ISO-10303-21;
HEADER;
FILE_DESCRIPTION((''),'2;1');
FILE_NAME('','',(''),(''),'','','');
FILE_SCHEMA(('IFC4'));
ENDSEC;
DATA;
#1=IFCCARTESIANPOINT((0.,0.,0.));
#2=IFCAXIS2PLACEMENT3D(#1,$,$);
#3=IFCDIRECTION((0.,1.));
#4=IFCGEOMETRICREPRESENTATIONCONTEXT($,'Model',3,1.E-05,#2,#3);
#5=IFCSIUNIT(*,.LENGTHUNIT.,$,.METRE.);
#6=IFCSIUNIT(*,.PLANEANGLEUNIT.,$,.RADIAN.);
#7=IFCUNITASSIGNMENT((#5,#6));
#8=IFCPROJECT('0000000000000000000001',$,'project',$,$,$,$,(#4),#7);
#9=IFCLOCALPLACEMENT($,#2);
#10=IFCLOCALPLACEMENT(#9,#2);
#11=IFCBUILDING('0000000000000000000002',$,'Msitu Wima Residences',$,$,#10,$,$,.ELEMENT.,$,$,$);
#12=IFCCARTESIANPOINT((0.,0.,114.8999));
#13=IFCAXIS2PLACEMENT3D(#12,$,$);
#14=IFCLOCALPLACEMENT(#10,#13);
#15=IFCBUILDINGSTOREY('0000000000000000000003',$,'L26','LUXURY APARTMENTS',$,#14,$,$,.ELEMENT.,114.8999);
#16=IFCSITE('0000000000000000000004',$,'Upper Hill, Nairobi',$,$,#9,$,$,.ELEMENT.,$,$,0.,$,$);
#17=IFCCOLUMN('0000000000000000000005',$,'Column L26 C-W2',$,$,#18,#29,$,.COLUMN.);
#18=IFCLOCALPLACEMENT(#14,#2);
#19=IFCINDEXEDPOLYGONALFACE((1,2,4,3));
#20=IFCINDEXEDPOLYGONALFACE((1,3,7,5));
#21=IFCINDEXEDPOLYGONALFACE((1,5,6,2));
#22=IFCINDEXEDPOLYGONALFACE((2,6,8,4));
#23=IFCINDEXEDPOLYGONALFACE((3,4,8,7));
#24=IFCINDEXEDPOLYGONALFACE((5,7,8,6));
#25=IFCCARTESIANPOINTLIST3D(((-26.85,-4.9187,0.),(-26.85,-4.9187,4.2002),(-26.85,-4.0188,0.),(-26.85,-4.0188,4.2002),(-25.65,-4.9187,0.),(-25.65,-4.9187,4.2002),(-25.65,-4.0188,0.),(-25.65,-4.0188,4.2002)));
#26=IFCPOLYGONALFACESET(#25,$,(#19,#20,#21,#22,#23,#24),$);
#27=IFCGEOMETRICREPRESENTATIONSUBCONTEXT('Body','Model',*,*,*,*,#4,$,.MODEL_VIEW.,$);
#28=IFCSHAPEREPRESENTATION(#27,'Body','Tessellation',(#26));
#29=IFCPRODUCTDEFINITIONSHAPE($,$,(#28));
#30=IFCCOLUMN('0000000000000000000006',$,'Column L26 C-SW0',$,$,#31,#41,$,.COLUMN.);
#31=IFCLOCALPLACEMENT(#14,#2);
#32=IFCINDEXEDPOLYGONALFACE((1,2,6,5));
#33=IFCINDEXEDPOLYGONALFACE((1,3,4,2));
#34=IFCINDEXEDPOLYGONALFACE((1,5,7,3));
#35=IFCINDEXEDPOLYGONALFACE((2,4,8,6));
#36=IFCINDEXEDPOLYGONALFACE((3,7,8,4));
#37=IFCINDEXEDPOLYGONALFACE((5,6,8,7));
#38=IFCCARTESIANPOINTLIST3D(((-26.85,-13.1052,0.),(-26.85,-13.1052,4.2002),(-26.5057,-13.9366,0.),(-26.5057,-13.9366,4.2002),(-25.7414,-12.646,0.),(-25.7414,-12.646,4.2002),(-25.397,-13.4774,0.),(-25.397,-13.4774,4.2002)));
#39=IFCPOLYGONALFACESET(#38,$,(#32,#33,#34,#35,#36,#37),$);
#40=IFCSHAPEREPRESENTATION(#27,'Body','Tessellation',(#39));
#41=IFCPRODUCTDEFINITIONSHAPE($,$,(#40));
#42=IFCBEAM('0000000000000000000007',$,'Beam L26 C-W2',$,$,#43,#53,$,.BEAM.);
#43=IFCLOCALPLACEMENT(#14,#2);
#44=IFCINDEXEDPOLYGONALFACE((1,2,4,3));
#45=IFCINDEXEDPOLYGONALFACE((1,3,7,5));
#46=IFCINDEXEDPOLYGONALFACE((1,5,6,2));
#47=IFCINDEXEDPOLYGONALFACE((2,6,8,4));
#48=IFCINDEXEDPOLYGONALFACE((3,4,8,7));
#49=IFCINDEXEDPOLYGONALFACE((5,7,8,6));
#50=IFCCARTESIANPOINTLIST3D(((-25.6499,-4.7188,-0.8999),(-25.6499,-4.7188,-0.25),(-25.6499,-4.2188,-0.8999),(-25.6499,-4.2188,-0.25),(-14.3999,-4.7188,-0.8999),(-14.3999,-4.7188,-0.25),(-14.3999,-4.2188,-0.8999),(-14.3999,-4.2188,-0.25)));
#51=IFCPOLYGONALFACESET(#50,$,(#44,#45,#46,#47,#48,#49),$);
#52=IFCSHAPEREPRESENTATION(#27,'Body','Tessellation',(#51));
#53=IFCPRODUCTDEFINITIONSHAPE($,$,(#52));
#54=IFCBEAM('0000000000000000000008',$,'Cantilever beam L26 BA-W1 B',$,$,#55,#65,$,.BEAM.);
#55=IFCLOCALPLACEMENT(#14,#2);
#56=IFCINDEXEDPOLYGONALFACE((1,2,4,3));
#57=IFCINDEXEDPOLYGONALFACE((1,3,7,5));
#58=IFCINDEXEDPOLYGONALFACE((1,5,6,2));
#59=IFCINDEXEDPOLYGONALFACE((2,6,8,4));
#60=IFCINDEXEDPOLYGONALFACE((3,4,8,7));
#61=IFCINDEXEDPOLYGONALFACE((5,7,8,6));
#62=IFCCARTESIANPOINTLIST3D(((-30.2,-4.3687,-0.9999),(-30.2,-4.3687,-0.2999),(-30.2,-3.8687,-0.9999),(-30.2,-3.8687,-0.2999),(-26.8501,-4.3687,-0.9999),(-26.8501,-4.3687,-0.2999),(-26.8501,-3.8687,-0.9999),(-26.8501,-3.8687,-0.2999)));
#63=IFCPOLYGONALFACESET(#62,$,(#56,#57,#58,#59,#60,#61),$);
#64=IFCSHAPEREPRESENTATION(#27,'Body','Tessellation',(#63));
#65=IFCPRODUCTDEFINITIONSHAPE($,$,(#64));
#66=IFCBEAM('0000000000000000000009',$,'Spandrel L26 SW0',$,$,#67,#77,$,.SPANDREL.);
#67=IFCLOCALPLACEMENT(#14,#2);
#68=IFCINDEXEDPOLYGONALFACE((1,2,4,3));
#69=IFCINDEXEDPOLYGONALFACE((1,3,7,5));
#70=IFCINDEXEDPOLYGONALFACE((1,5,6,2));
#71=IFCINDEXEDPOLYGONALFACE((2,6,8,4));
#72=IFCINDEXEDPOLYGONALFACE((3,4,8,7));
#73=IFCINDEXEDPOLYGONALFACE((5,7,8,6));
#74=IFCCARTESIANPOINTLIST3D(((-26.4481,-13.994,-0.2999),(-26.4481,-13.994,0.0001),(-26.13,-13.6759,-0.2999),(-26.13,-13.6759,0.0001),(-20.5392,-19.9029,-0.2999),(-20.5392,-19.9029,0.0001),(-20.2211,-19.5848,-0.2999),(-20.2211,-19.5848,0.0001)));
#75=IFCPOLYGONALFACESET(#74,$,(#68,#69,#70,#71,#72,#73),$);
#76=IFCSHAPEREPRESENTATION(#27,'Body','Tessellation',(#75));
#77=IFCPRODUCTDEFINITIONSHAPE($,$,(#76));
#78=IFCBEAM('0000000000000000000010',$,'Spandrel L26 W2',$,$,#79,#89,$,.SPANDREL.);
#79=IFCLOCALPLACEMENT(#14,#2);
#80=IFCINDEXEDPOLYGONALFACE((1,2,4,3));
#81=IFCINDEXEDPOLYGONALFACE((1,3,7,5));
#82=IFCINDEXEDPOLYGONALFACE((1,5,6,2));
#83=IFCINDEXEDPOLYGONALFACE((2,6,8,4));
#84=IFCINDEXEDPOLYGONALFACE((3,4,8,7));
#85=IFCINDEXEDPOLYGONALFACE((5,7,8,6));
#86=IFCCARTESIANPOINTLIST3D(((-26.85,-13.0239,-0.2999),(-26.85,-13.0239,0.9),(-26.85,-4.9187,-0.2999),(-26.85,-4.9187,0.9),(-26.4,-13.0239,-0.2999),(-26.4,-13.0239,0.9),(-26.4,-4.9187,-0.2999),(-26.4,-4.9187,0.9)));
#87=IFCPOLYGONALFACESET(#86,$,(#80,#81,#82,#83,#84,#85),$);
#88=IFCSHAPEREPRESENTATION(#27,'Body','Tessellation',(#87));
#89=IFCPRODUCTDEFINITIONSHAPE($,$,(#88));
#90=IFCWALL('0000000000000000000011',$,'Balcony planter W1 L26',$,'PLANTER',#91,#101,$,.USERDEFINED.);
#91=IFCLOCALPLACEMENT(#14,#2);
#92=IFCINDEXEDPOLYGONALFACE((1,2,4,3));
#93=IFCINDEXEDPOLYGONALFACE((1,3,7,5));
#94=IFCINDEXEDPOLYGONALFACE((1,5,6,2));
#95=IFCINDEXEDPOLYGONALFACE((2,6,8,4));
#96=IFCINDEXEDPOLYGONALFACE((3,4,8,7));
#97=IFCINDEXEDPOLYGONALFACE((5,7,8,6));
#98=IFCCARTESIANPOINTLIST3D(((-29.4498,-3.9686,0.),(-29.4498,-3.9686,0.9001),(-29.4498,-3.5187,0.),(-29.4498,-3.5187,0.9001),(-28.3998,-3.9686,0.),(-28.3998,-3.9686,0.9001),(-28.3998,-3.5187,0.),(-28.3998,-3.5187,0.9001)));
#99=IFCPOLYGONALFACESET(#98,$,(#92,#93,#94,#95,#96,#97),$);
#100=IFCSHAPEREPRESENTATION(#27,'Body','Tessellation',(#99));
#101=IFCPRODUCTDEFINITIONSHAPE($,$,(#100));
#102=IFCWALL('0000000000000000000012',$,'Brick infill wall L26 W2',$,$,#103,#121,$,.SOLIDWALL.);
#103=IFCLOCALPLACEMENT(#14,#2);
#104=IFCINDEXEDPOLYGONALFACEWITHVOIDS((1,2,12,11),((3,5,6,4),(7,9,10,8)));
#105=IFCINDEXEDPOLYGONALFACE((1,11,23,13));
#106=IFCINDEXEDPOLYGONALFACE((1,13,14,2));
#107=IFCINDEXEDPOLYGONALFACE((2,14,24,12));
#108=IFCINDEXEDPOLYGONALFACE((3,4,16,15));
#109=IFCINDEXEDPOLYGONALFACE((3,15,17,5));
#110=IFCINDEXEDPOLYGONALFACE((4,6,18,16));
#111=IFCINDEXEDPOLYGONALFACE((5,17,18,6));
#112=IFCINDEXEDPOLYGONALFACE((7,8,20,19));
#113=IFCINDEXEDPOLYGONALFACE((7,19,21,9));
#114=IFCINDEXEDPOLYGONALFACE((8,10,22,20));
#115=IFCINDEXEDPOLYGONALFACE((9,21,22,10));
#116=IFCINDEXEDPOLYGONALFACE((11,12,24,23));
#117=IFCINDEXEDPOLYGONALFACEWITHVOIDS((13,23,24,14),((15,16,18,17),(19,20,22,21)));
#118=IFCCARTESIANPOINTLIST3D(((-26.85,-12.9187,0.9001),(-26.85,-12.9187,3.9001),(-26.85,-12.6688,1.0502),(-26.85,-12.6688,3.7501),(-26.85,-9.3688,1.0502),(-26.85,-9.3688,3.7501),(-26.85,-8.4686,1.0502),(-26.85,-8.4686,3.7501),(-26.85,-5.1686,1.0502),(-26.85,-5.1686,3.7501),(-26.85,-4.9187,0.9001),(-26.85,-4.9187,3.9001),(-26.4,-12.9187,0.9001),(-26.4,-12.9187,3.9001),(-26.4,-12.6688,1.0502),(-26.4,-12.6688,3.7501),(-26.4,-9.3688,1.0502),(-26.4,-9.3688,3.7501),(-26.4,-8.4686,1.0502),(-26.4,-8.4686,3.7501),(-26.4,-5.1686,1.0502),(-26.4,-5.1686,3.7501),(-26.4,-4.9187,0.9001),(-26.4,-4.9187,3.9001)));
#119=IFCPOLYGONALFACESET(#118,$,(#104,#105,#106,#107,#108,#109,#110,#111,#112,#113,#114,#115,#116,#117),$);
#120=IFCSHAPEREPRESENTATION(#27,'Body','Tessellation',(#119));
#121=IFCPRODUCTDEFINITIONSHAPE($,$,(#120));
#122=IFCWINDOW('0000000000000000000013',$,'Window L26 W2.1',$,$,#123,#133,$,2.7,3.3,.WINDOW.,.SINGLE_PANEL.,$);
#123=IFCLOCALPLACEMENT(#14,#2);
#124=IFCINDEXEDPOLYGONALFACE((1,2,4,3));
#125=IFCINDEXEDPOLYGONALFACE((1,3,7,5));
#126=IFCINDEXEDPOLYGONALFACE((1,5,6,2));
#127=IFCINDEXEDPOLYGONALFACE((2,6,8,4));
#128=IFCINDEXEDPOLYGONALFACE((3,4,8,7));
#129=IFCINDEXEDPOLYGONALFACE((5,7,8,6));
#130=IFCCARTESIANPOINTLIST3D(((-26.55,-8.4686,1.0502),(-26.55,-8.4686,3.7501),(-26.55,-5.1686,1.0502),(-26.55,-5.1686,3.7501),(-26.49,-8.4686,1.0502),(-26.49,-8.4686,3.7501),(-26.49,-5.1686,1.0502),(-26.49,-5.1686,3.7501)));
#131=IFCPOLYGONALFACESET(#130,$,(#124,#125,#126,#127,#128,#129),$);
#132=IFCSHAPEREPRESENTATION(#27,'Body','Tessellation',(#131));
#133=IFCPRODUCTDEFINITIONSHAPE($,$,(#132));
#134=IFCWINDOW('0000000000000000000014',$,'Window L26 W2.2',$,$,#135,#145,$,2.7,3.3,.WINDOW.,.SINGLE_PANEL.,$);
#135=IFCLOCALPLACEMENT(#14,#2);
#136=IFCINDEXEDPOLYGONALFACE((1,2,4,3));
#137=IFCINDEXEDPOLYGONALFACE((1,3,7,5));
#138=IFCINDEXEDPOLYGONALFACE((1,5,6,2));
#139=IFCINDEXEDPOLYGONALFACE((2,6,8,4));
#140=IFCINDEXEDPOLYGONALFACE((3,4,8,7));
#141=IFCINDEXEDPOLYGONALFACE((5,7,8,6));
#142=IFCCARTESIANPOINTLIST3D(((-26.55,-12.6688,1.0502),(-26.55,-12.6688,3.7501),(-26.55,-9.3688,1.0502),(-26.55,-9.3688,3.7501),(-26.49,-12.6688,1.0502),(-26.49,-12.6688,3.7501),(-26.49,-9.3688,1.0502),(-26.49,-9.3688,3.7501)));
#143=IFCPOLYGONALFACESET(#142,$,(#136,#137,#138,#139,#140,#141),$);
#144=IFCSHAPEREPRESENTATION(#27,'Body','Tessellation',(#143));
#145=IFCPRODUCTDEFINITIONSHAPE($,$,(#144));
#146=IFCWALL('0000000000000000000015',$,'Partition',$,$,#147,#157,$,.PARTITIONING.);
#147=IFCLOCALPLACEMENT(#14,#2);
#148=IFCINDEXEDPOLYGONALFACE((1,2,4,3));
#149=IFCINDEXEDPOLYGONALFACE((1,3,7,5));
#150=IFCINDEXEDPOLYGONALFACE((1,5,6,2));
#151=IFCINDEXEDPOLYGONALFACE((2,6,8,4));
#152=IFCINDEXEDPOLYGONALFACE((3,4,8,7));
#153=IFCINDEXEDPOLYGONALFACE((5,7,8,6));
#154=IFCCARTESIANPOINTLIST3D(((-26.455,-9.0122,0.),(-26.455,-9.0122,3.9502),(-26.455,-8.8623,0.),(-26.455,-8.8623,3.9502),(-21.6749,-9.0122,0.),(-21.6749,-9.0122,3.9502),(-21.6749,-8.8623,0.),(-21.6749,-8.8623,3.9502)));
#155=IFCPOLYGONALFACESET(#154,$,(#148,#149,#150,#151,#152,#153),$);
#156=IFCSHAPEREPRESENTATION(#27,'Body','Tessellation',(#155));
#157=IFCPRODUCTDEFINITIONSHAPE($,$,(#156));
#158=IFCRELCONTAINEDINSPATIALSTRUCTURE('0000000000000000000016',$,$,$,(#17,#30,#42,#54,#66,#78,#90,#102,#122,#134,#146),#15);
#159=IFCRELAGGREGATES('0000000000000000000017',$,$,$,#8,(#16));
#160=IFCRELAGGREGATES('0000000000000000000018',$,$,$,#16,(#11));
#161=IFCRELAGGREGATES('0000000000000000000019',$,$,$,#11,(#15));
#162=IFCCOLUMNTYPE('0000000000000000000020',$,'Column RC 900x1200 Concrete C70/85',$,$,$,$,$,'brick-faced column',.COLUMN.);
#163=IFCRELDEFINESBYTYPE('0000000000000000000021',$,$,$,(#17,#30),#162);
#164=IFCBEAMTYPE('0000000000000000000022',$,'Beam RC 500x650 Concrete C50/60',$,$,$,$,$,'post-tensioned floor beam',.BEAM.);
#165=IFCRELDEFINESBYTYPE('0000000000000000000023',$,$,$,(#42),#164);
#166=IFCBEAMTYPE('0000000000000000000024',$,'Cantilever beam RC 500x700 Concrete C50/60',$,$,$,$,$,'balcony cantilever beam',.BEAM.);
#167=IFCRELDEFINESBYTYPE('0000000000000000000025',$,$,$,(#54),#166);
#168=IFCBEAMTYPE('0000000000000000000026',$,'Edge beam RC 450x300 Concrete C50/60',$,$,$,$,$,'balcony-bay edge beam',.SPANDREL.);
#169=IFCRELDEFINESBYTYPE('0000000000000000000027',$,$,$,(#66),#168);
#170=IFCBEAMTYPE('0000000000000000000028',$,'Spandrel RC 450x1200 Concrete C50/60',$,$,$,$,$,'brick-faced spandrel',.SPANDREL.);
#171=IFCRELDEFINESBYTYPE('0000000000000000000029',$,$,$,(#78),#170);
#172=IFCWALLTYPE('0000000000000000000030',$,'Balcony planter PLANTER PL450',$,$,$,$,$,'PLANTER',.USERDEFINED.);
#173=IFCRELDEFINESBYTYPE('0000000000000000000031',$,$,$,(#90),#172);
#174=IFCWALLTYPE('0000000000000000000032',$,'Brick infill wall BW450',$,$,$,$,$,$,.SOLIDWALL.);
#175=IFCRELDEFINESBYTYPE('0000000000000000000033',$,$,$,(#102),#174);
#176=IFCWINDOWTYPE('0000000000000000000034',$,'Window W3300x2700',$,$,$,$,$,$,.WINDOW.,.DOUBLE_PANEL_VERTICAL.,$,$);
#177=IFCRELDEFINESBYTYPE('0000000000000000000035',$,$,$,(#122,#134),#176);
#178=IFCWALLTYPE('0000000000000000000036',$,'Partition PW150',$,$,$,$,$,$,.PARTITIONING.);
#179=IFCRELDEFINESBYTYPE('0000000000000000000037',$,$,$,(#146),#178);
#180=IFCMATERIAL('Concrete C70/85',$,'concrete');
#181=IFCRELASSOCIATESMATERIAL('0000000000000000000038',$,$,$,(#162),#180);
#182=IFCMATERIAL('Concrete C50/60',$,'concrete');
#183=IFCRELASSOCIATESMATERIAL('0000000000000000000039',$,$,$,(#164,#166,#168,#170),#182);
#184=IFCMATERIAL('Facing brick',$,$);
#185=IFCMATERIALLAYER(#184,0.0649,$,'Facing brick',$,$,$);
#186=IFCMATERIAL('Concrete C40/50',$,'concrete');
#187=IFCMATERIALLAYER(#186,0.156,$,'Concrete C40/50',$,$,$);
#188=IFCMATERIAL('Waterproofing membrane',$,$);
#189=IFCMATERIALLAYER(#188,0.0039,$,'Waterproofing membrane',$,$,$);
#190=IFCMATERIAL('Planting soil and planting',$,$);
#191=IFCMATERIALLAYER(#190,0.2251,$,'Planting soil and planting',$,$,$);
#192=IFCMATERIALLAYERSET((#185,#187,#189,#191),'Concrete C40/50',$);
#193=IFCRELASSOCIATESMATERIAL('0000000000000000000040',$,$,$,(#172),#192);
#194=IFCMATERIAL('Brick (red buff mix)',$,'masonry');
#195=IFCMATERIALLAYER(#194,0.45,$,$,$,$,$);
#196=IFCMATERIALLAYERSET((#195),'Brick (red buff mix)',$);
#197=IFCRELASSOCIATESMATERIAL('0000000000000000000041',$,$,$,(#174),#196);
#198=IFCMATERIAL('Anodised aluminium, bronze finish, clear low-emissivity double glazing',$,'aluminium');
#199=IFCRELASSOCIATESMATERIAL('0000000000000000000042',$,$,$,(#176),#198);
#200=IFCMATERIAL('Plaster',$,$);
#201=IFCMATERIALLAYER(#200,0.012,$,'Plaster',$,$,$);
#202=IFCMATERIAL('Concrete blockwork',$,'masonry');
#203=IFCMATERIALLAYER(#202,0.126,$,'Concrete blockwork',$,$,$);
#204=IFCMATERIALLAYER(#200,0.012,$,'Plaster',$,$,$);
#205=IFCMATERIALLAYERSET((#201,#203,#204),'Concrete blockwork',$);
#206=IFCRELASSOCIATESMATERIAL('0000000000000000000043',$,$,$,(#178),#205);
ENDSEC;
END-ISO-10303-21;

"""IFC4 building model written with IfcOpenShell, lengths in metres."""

from ifc_helpers import new_model, si_unit, direction, frame, frame_2d, origin, origin_2d, place, context, subcontext, project, spatial, rectangle, extrude, material, layer, layer_set, material_profile, profile_set, type_object, element, fill, save


model = new_model("IFC4")

# Units and contexts
model_context = context("Model", 3, precision=1e-05, world=origin(), true_north=direction((0.0, 1.0)))
body_context = subcontext(model_context, "Body", "Model", "MODEL_VIEW")
ifc_project = project(units=[si_unit("LENGTHUNIT", "METRE"), si_unit("PLANEANGLEUNIT", "RADIAN")], contexts=[model_context])

# Site, building, storey
site_placement = place(None, origin())
site = spatial("IfcSite", under=ifc_project, at=site_placement, Name="Upper Hill, Nairobi", CompositionType="ELEMENT", RefElevation=0.0)
building_placement = place(site_placement, origin())
building = spatial("IfcBuilding", under=site, at=building_placement, Name="Msitu Wima Residences", CompositionType="ELEMENT")
storey_placement = place(building_placement, frame((0.0, 0.0, 114.8999)))
storey = spatial("IfcBuildingStorey", under=building, at=storey_placement, Name="L26", Description="LUXURY APARTMENTS", CompositionType="ELEMENT", Elevation=114.8999)

# Columns
ifc_material_1 = material(Name="Concrete C70/85", Category="concrete")
ifc_material_profile_1 = material_profile(ifc_material_1, rectangle(XDim=0.8999, YDim=1.2, at=origin_2d()), Name="RC 900x1200")
ifc_profile_set_1 = profile_set([ifc_material_profile_1], Name="Concrete C70/85")
column_type = type_object("IfcColumnType", Name="Column RC 900x1200 Concrete C70/85", ElementType="brick-faced column", PredefinedType="COLUMN", material=ifc_profile_set_1)
for number, where, z_axis, x_axis, name in (
    (1, (-26.25, -4.4688, 0.0), (0.0, 0.0, 1.0), (0.0, -1.0, 0.0), "Column L26 C-W2"),
    (2, (-26.1235, -13.2913, 0.0), (0.0, 0.0, 1.0), (0.382683, -0.92388, 0.0), "Column L26 C-SW0"),
):
    element("IfcColumn", number, at=place(storey_placement, frame(where, z_axis=z_axis, x_axis=x_axis)), inside=storey, type_object=column_type, Name=name, PredefinedType="COLUMN", context=body_context, shape_type="SweptSolid", body=[
        extrude(rectangle(XDim=0.8999, YDim=1.2, at=origin_2d()), origin(), (0.0, 0.0, 1.0), 4.2002),
    ])

# Beams
ifc_material_2 = material(Name="Concrete C50/60", Category="concrete")
ifc_material_profile_2 = material_profile(ifc_material_2, rectangle(XDim=0.5, YDim=0.6499, at=origin_2d()), Name="RC 500x650")
ifc_profile_set_2 = profile_set([ifc_material_profile_2], Name="Concrete C50/60")
beam_type_1 = type_object("IfcBeamType", Name="Beam RC 500x650 Concrete C50/60", ElementType="post-tensioned floor beam", PredefinedType="BEAM", material=ifc_profile_set_2)
beam_1_placement = place(storey_placement, frame((-25.6499, -4.4688, -0.575), z_axis=(1.0, 0.0, 0.0), x_axis=(0.0, 1.0, 0.0)))
element("IfcBeam", 3, at=beam_1_placement, inside=storey, type_object=beam_type_1, Name="Beam L26 C-W2", PredefinedType="BEAM", context=body_context, shape_type="SweptSolid", body=[
    extrude(rectangle(XDim=0.5, YDim=0.6499, at=origin_2d()), origin(), (0.0, 0.0, 1.0), 11.25),
])
ifc_material_profile_3 = material_profile(ifc_material_2, rectangle(XDim=0.5, YDim=0.7, at=origin_2d()), Name="RC 500x700")
ifc_profile_set_3 = profile_set([ifc_material_profile_3], Name="Concrete C50/60")
beam_type_2 = type_object("IfcBeamType", Name="Cantilever beam RC 500x700 Concrete C50/60", ElementType="balcony cantilever beam", PredefinedType="BEAM", material=ifc_profile_set_3)
beam_2_placement = place(storey_placement, frame((-26.8501, -4.1187, -0.6499), z_axis=(-1.0, 0.0, 0.0), x_axis=(0.0, -1.0, 0.0)))
element("IfcBeam", 4, at=beam_2_placement, inside=storey, type_object=beam_type_2, Name="Cantilever beam L26 BA-W1 B", PredefinedType="BEAM", context=body_context, shape_type="SweptSolid", body=[
    extrude(rectangle(XDim=0.5, YDim=0.7, at=origin_2d()), origin(), (0.0, 0.0, 1.0), 3.3499),
])
ifc_material_profile_4 = material_profile(ifc_material_2, rectangle(XDim=0.45, YDim=0.3, at=origin_2d()), Name="RC 450x300")
ifc_profile_set_4 = profile_set([ifc_material_profile_4], Name="Concrete C50/60")
beam_type_3 = type_object("IfcBeamType", Name="Edge beam RC 450x300 Concrete C50/60", ElementType="balcony-bay edge beam", PredefinedType="SPANDREL", material=ifc_profile_set_4)
beam_3_placement = place(storey_placement, frame((-26.2891, -13.835, -0.1499), z_axis=(0.707107, -0.707107, 0.0), x_axis=(0.707107, 0.707107, 0.0)))
element("IfcBeam", 5, at=beam_3_placement, inside=storey, type_object=beam_type_3, Name="Spandrel L26 SW0", PredefinedType="SPANDREL", context=body_context, shape_type="SweptSolid", body=[
    extrude(rectangle(XDim=0.45, YDim=0.3, at=origin_2d()), origin(), (0.0, 0.0, 1.0), 8.3564),
])
ifc_material_profile_5 = material_profile(ifc_material_2, rectangle(XDim=0.45, YDim=1.2, at=origin_2d()), Name="RC 450x1200")
ifc_profile_set_5 = profile_set([ifc_material_profile_5], Name="Concrete C50/60")
beam_type_4 = type_object("IfcBeamType", Name="Spandrel RC 450x1200 Concrete C50/60", ElementType="brick-faced spandrel", PredefinedType="SPANDREL", material=ifc_profile_set_5)
beam_4_placement = place(storey_placement, frame((-26.625, -4.9187, 0.3), z_axis=(0.0, -1.0, 0.0), x_axis=(1.0, 0.0, 0.0)))
element("IfcBeam", 6, at=beam_4_placement, inside=storey, type_object=beam_type_4, Name="Spandrel L26 W2", PredefinedType="SPANDREL", context=body_context, shape_type="SweptSolid", body=[
    extrude(rectangle(XDim=0.45, YDim=1.2, at=origin_2d()), origin(), (0.0, 0.0, 1.0), 8.1052),
])

# Wall
ifc_material_3 = material(Name="Facing brick")
ifc_layer_1 = layer(ifc_material_3, 0.0649, Name="Facing brick")
ifc_material_4 = material(Name="Concrete C40/50", Category="concrete")
ifc_layer_2 = layer(ifc_material_4, 0.156, Name="Concrete C40/50")
ifc_material_5 = material(Name="Waterproofing membrane")
ifc_layer_3 = layer(ifc_material_5, 0.0039, Name="Waterproofing membrane")
ifc_material_6 = material(Name="Planting soil and planting")
ifc_layer_4 = layer(ifc_material_6, 0.2251, Name="Planting soil and planting")
ifc_layer_set_1 = layer_set([ifc_layer_1, ifc_layer_2, ifc_layer_3, ifc_layer_4], Name="Concrete C40/50")
wall_type_1 = type_object("IfcWallType", Name="Balcony planter PLANTER PL450", ElementType="PLANTER", PredefinedType="USERDEFINED", material=ifc_layer_set_1)
wall_1_placement = place(storey_placement, frame((-28.3999, -3.7437, 0.0), z_axis=(0.0, 0.0, 1.0), x_axis=(-1.0, 0.0, 0.0)))
element("IfcWall", 7, at=wall_1_placement, inside=storey, type_object=wall_type_1, Name="Balcony planter W1 L26", ObjectType="PLANTER", PredefinedType="USERDEFINED", context=body_context, shape_type="SweptSolid", body=[
    extrude(rectangle(XDim=1.05, YDim=0.45, at=frame_2d((0.5249, 0.0))), origin(), (0.0, 0.0, 1.0), 0.9001),
])

# Wall, openings, windows
ifc_material_7 = material(Name="Brick (red buff mix)", Category="masonry")
ifc_layer_5 = layer(ifc_material_7, 0.45)
ifc_layer_set_2 = layer_set([ifc_layer_5], Name="Brick (red buff mix)")
wall_type_2 = type_object("IfcWallType", Name="Brick infill wall BW450", PredefinedType="SOLIDWALL", material=ifc_layer_set_2)
wall_2_placement = place(storey_placement, frame((-26.625, -4.9187, 0.9001), z_axis=(0.0, 0.0, 1.0), x_axis=(0.0, -1.0, 0.0)))
wall_2 = element("IfcWall", 8, at=wall_2_placement, inside=storey, type_object=wall_type_2, Name="Brick infill wall L26 W2", PredefinedType="SOLIDWALL", context=body_context, shape_type="SweptSolid", body=[
    extrude(rectangle(XDim=8.0, YDim=0.45, at=frame_2d((4.0, 0.0))), origin(), (0.0, 0.0, 1.0), 3.0),
])
opening_1_placement = place(wall_2_placement, frame((0.25, 0.0, 0.1499)))
opening_1 = element("IfcOpeningElement", 9, at=opening_1_placement, cuts=wall_2, PredefinedType="OPENING", context=body_context, shape_type="SweptSolid", body=[
    extrude(rectangle(XDim=3.3, YDim=2.7, at=frame_2d((1.6499, 1.3501))), frame((0.0, 0.2349, 0.0), z_axis=(0.0, -1.0, 0.0), x_axis=(1.0, 0.0, 0.0)), (0.0, 0.0, 1.0), 0.47),
])
opening_2_placement = place(wall_2_placement, frame((4.4502, 0.0, 0.1499)))
opening_2 = element("IfcOpeningElement", 10, at=opening_2_placement, cuts=wall_2, PredefinedType="OPENING", context=body_context, shape_type="SweptSolid", body=[
    extrude(rectangle(XDim=3.3, YDim=2.7, at=frame_2d((1.6499, 1.3501))), frame((0.0, 0.2349, 0.0), z_axis=(0.0, -1.0, 0.0), x_axis=(1.0, 0.0, 0.0)), (0.0, 0.0, 1.0), 0.47),
])
ifc_material_8 = material(Name="Anodised aluminium, bronze finish, clear low-emissivity double glazing", Category="aluminium")
window_type = type_object("IfcWindowType", Name="Window W3300x2700", PartitioningType="DOUBLE_PANEL_VERTICAL", PredefinedType="WINDOW", material=ifc_material_8)
window_1_placement = place(opening_1_placement, origin())
window_1 = element("IfcWindow", 11, at=window_1_placement, inside=storey, type_object=window_type, Name="Window L26 W2.1", OverallHeight=2.7, OverallWidth=3.3, PartitioningType="SINGLE_PANEL", PredefinedType="WINDOW", context=body_context, shape_type="SweptSolid", body=[
    extrude(rectangle(XDim=3.3, YDim=2.7, at=frame_2d((1.6499, 1.3501))), frame((0.0, 0.135, 0.0), z_axis=(0.0, -1.0, 0.0), x_axis=(1.0, 0.0, 0.0)), (0.0, 0.0, 1.0), 0.0601),
])
fill(opening_1, window_1)
window_2_placement = place(opening_2_placement, origin())
window_2 = element("IfcWindow", 12, at=window_2_placement, inside=storey, type_object=window_type, Name="Window L26 W2.2", OverallHeight=2.7, OverallWidth=3.3, PartitioningType="SINGLE_PANEL", PredefinedType="WINDOW", context=body_context, shape_type="SweptSolid", body=[
    extrude(rectangle(XDim=3.3, YDim=2.7, at=frame_2d((1.6499, 1.3501))), frame((0.0, 0.135, 0.0), z_axis=(0.0, -1.0, 0.0), x_axis=(1.0, 0.0, 0.0)), (0.0, 0.0, 1.0), 0.0601),
])
fill(opening_2, window_2)

# Wall
ifc_material_9 = material(Name="Plaster")
ifc_layer_6 = layer(ifc_material_9, 0.012, Name="Plaster")
ifc_material_10 = material(Name="Concrete blockwork", Category="masonry")
ifc_layer_7 = layer(ifc_material_10, 0.126, Name="Concrete blockwork")
ifc_layer_8 = layer(ifc_material_9, 0.012, Name="Plaster")
ifc_layer_set_3 = layer_set([ifc_layer_6, ifc_layer_7, ifc_layer_8], Name="Concrete blockwork")
wall_type_3 = type_object("IfcWallType", Name="Partition PW150", PredefinedType="PARTITIONING", material=ifc_layer_set_3)
wall_3_placement = place(storey_placement, frame((-26.4551, -8.9373, 0.0), z_axis=(0.0, 0.0, 1.0), x_axis=(1.0, 0.0, 0.0)))
element("IfcWall", 13, at=wall_3_placement, inside=storey, type_object=wall_type_3, Name="Partition", PredefinedType="PARTITIONING", context=body_context, shape_type="SweptSolid", body=[
    extrude(rectangle(XDim=4.78, YDim=0.1499, at=frame_2d((2.3901, 0.0))), origin(), (0.0, 0.0, 1.0), 3.9502),
])

save(model, "model.ifc")
